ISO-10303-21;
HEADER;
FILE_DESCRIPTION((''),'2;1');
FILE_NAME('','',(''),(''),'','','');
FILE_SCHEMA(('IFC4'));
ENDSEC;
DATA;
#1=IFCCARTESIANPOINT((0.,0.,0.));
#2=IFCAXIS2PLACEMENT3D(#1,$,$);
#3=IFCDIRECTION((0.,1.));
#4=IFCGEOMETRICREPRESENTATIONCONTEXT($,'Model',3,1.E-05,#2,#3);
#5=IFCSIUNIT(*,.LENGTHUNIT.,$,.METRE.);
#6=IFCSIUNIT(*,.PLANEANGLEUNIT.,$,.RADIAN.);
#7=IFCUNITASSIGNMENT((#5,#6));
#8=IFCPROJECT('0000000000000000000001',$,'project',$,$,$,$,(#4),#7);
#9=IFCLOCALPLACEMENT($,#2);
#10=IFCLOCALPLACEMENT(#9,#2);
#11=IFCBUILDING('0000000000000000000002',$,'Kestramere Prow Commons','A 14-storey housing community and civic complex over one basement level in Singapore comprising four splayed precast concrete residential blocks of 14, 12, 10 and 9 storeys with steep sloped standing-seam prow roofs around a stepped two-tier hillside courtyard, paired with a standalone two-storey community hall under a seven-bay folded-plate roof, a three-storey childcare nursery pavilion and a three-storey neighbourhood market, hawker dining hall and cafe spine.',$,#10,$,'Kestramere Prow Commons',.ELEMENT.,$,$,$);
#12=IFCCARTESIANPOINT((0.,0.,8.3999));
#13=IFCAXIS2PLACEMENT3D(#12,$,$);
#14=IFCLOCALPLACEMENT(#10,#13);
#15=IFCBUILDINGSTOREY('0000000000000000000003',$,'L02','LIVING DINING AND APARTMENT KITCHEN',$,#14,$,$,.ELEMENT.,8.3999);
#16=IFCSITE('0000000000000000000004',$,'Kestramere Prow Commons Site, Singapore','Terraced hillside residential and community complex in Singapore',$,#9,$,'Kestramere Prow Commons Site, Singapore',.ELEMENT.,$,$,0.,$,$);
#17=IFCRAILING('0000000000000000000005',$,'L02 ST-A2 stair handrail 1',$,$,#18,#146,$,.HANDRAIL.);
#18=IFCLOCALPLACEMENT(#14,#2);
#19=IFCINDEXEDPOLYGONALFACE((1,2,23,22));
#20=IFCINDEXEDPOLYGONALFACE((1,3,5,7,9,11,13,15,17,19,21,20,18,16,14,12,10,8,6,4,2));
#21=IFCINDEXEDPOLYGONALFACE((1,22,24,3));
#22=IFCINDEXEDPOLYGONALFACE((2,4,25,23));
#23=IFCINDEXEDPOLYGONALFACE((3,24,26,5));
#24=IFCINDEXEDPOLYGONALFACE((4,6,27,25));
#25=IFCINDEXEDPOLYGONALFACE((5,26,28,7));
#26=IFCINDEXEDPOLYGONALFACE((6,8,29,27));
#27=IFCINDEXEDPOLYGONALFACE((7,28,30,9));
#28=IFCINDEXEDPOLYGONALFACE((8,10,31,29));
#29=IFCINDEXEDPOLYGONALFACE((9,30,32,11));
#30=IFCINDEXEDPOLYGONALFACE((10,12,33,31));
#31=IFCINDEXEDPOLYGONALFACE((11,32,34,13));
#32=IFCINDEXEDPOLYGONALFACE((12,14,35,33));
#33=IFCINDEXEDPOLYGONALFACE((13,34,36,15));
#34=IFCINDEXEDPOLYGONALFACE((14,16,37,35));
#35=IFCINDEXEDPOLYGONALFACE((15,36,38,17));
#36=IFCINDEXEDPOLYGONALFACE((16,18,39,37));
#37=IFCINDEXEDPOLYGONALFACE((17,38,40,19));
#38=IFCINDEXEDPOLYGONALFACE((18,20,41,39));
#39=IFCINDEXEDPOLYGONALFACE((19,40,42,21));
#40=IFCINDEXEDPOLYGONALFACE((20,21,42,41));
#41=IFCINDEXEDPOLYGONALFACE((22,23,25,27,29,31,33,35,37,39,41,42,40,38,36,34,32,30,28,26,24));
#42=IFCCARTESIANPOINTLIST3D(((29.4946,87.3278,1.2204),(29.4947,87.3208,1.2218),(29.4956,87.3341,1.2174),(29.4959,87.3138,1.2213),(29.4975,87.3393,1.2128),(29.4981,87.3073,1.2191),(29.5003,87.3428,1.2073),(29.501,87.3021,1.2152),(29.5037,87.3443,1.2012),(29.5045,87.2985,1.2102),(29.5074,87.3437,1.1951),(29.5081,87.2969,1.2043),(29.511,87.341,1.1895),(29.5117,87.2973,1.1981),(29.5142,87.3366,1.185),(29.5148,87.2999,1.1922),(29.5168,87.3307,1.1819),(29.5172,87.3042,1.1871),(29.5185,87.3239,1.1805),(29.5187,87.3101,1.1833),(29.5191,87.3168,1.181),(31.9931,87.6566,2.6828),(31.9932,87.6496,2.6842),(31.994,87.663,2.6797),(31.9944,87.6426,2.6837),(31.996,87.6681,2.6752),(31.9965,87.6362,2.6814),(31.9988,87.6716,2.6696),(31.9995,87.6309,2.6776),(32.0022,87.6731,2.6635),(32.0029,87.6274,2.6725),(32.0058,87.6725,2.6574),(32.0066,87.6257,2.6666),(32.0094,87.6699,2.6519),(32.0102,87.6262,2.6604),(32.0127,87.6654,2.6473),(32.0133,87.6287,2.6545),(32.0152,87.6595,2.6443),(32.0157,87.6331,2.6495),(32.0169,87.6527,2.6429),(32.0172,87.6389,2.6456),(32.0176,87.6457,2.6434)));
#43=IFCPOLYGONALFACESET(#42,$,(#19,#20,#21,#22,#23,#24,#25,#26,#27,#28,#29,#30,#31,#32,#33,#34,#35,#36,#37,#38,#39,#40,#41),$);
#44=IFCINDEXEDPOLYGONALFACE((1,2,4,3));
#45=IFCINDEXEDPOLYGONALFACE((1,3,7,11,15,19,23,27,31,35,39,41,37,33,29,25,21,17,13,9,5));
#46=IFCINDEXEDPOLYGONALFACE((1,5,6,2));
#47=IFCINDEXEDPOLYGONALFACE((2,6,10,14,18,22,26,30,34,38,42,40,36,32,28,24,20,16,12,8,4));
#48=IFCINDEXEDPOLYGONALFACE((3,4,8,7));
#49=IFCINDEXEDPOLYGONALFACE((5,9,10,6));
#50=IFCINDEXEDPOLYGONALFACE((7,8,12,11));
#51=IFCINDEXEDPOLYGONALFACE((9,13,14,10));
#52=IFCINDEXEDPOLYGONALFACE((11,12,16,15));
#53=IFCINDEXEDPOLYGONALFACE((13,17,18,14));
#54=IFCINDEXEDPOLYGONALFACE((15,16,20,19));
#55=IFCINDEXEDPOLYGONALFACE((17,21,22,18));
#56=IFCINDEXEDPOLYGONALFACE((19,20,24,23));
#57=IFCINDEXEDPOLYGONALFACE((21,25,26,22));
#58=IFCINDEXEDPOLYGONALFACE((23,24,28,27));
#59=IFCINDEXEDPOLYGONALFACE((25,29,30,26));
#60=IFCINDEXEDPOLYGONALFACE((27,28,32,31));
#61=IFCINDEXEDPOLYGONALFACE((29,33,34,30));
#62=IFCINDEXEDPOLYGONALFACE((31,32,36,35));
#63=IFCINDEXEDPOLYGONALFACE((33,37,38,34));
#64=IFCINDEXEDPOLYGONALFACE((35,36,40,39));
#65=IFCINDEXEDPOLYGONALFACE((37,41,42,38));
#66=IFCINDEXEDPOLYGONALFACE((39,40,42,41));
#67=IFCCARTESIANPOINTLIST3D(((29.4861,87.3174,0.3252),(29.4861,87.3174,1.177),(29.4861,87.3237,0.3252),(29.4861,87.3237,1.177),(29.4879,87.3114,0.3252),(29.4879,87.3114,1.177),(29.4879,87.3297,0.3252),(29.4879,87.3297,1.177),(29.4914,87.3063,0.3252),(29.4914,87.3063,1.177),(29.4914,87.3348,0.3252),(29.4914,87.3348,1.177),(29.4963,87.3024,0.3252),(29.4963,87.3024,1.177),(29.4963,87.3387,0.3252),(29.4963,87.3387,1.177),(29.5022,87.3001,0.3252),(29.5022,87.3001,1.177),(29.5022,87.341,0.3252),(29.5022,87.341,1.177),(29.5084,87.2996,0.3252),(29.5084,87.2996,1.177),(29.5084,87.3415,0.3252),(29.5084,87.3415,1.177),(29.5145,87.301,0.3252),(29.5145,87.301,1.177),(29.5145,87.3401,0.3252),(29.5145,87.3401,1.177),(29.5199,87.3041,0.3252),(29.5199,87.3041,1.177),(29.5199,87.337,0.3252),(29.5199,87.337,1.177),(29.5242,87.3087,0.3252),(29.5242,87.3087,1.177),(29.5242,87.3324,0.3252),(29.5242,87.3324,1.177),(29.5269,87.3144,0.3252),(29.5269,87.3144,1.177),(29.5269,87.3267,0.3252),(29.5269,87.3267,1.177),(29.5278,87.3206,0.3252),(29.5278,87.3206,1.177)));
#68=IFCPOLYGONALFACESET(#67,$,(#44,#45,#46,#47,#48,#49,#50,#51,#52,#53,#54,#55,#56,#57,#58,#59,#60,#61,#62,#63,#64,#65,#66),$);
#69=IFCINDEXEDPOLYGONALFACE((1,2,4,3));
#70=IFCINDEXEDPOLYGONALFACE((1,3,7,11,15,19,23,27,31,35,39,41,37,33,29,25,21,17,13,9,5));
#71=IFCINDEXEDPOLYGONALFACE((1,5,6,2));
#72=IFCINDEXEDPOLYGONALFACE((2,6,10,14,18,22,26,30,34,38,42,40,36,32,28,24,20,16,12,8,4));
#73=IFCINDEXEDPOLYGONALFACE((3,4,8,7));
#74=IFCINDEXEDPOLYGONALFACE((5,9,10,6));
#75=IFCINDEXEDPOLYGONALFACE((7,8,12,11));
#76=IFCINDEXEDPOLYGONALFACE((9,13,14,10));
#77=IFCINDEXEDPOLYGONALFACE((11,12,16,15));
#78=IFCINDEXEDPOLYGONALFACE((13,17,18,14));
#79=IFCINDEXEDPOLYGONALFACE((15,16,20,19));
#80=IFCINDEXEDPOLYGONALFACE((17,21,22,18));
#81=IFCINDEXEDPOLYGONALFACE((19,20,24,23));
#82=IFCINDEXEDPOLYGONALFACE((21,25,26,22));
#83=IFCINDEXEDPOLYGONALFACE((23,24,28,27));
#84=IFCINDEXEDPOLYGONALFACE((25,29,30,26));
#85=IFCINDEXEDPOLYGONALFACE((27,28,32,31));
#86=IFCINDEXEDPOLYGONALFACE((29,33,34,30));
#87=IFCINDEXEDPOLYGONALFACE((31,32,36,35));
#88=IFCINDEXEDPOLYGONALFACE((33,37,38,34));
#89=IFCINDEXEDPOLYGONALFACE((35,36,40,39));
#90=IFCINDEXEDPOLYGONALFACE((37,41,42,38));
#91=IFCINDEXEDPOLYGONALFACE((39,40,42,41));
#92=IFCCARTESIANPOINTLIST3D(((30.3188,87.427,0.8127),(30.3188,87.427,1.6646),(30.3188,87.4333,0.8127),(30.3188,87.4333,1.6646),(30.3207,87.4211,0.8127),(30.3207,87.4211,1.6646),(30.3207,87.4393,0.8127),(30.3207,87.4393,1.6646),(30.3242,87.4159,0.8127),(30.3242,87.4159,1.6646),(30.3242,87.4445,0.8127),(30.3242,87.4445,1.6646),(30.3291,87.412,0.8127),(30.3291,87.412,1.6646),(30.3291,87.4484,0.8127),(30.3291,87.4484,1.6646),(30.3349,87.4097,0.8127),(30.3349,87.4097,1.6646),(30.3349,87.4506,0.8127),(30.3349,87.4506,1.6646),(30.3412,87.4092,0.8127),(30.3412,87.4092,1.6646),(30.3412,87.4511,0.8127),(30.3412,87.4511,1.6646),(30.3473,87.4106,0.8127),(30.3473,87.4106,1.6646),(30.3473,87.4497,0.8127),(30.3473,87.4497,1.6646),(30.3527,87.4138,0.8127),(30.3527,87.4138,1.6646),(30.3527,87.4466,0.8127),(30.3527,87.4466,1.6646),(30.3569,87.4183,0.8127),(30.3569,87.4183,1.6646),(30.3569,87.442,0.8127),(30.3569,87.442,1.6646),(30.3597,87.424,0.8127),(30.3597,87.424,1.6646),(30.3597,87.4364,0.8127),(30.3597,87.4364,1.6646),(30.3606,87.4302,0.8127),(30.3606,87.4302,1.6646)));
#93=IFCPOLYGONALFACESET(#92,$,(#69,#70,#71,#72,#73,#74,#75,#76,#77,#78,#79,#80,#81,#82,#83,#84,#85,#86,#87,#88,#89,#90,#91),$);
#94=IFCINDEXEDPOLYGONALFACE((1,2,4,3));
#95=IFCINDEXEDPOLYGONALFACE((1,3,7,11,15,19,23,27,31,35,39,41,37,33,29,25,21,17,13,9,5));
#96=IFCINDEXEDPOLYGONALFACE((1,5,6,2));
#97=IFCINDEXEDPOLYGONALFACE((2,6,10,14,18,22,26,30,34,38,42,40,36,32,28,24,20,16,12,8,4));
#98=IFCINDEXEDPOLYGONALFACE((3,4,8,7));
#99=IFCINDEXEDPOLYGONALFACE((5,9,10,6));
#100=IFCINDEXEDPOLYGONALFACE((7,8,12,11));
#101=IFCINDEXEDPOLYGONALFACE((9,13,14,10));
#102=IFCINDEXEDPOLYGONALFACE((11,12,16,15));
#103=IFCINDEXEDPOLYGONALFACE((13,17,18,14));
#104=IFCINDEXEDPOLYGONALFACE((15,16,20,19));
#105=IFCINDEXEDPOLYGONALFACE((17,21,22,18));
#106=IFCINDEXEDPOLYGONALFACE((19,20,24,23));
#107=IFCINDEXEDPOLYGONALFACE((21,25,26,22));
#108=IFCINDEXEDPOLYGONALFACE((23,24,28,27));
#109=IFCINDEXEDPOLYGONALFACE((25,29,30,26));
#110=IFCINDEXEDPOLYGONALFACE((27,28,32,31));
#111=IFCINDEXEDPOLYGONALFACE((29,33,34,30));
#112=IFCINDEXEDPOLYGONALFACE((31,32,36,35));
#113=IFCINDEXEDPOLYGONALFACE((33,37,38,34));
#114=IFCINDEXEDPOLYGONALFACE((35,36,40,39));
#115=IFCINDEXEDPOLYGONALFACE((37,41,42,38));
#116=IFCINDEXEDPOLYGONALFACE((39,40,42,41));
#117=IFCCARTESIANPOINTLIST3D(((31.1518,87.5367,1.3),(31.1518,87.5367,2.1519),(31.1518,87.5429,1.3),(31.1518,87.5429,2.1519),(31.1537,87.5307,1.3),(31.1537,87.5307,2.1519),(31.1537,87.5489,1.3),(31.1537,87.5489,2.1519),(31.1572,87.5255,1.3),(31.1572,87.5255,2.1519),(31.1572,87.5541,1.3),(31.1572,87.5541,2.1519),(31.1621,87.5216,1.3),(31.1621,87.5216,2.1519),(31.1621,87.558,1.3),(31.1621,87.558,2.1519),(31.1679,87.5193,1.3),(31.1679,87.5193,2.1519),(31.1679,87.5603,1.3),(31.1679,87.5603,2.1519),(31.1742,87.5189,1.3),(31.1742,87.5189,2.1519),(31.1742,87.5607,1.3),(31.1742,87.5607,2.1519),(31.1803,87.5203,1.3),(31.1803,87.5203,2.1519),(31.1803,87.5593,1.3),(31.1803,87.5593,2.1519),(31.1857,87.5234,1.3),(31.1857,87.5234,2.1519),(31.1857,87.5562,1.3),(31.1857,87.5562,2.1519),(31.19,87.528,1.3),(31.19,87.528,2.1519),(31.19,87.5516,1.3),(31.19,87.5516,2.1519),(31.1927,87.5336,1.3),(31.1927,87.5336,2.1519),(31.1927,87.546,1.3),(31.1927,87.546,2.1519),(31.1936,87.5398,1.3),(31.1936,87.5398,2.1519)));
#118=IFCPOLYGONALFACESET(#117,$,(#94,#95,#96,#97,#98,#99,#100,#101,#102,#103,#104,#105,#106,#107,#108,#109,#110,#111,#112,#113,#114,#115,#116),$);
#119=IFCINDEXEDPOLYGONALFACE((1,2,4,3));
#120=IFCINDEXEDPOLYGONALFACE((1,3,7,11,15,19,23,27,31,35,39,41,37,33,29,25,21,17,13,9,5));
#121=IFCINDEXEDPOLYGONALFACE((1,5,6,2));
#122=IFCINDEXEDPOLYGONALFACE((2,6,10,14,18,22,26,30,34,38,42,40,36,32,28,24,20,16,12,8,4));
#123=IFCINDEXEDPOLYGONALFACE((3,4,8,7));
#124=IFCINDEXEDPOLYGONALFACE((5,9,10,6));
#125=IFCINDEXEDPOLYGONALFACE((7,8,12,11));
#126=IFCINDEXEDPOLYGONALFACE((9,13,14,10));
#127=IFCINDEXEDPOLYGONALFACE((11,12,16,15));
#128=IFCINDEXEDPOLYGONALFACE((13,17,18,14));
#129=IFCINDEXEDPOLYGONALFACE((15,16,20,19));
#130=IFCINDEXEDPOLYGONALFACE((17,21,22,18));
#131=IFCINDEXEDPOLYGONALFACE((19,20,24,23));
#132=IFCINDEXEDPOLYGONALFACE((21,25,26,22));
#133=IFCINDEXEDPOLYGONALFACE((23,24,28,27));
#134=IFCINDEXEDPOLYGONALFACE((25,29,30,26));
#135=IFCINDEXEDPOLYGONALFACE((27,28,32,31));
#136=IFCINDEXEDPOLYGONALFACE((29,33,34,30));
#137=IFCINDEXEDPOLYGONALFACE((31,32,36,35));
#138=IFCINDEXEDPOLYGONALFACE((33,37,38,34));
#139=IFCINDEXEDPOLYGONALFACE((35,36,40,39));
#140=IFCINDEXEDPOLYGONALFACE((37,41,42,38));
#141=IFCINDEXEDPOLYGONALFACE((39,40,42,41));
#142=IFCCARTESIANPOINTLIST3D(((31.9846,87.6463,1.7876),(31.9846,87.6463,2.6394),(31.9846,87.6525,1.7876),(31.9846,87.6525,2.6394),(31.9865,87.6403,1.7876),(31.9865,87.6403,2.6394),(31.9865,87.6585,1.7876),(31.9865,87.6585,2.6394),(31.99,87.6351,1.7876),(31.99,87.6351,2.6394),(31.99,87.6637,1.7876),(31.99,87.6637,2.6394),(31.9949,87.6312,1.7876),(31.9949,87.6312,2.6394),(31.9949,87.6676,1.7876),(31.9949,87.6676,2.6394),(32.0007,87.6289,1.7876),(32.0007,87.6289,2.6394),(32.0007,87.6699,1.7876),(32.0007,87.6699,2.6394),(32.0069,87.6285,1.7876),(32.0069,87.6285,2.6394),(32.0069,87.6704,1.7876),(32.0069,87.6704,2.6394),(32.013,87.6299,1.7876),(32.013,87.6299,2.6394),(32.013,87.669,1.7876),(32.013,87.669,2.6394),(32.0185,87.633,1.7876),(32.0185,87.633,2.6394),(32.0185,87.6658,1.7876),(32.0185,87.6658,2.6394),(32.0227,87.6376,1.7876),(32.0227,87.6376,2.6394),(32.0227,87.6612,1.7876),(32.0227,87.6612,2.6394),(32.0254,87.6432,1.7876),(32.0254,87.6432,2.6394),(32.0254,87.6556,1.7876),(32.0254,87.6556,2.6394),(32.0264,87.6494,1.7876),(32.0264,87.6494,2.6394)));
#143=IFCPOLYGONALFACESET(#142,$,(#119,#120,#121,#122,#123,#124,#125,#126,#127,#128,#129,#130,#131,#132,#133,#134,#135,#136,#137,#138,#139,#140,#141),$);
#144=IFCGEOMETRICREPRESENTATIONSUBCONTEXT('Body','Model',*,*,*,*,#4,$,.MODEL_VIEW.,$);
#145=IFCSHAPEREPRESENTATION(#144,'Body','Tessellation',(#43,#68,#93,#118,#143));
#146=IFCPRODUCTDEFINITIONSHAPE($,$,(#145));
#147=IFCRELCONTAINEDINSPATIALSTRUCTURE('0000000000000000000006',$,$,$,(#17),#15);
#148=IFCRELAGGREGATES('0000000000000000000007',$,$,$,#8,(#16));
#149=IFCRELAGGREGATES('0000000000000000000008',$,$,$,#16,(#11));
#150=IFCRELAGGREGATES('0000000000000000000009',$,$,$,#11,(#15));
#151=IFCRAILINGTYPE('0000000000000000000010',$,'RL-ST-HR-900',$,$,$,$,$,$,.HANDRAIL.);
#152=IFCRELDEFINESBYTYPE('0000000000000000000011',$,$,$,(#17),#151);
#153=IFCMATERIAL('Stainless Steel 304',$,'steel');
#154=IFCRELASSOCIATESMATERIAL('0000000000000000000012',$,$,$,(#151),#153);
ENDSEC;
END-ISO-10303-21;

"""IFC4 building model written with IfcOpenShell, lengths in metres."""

from ifc_helpers import new_model, si_unit, direction, frame, origin, origin_2d, place, context, subcontext, project, spatial, circle, extrude, material, type_object, element, save


model = new_model("IFC4")

# Units and contexts
model_context = context("Model", 3, precision=1e-05, world=origin(), true_north=direction((0.0, 1.0)))
body_context = subcontext(model_context, "Body", "Model", "MODEL_VIEW")
ifc_project = project(units=[si_unit("LENGTHUNIT", "METRE"), si_unit("PLANEANGLEUNIT", "RADIAN")], contexts=[model_context])

# Site, building, storey
site_placement = place(None, origin())
site = spatial("IfcSite", under=ifc_project, at=site_placement, Name="Kestramere Prow Commons Site, Singapore", Description="Terraced hillside residential and community complex in Singapore", LongName="Kestramere Prow Commons Site, Singapore", CompositionType="ELEMENT", RefElevation=0.0)
building_placement = place(site_placement, origin())
building = spatial("IfcBuilding", under=site, at=building_placement, Name="Kestramere Prow Commons", Description="A 14-storey housing community and civic complex over one basement level in Singapore comprising four splayed precast concrete residential blocks of 14, 12, 10 and 9 storeys with steep sloped standing-seam prow roofs around a stepped two-tier hillside courtyard, paired with a standalone two-storey community hall under a seven-bay folded-plate roof, a three-storey childcare nursery pavilion and a three-storey neighbourhood market, hawker dining hall and cafe spine.", LongName="Kestramere Prow Commons", CompositionType="ELEMENT")
storey_placement = place(building_placement, frame((0.0, 0.0, 8.3999)))
storey = spatial("IfcBuildingStorey", under=building, at=storey_placement, Name="L02", Description="LIVING DINING AND APARTMENT KITCHEN", CompositionType="ELEMENT", Elevation=8.3999)

# Railing
ifc_material_1 = material(Name="Stainless Steel 304", Category="steel")
railing_type_1 = type_object("IfcRailingType", Name="RL-ST-HR-900", PredefinedType="HANDRAIL", material=ifc_material_1)
railing_1_placement = place(storey_placement, frame((29.5068, 87.3206, 0.3252)))
element("IfcRailing", 1, at=railing_1_placement, inside=storey, type_object=railing_type_1, Name="L02 ST-A2 stair handrail 1", PredefinedType="HANDRAIL", context=body_context, shape_type="SweptSolid", body=[
    extrude(circle(Radius=0.0239, at=origin_2d()), frame((0.0, 0.0, 0.876), z_axis=(0.857523, 0.112867, 0.501912), x_axis=(-0.130495, 0.991449, 0.0)), (0.0, 0.0, 1.0), 2.9136),
    extrude(circle(Radius=0.021, at=origin_2d()), origin(), (0.0, 0.0, 1.0), 0.8518),
    extrude(circle(Radius=0.021, at=origin_2d()), frame((0.8328, 0.1096, 0.4875)), (0.0, 0.0, 1.0), 0.8518),
    extrude(circle(Radius=0.021, at=origin_2d()), frame((1.6658, 0.2192, 0.9749)), (0.0, 0.0, 1.0), 0.8518),
    extrude(circle(Radius=0.021, at=origin_2d()), frame((2.4985, 0.3289, 1.4624)), (0.0, 0.0, 1.0), 0.8518),
])

save(model, "model.ifc")
